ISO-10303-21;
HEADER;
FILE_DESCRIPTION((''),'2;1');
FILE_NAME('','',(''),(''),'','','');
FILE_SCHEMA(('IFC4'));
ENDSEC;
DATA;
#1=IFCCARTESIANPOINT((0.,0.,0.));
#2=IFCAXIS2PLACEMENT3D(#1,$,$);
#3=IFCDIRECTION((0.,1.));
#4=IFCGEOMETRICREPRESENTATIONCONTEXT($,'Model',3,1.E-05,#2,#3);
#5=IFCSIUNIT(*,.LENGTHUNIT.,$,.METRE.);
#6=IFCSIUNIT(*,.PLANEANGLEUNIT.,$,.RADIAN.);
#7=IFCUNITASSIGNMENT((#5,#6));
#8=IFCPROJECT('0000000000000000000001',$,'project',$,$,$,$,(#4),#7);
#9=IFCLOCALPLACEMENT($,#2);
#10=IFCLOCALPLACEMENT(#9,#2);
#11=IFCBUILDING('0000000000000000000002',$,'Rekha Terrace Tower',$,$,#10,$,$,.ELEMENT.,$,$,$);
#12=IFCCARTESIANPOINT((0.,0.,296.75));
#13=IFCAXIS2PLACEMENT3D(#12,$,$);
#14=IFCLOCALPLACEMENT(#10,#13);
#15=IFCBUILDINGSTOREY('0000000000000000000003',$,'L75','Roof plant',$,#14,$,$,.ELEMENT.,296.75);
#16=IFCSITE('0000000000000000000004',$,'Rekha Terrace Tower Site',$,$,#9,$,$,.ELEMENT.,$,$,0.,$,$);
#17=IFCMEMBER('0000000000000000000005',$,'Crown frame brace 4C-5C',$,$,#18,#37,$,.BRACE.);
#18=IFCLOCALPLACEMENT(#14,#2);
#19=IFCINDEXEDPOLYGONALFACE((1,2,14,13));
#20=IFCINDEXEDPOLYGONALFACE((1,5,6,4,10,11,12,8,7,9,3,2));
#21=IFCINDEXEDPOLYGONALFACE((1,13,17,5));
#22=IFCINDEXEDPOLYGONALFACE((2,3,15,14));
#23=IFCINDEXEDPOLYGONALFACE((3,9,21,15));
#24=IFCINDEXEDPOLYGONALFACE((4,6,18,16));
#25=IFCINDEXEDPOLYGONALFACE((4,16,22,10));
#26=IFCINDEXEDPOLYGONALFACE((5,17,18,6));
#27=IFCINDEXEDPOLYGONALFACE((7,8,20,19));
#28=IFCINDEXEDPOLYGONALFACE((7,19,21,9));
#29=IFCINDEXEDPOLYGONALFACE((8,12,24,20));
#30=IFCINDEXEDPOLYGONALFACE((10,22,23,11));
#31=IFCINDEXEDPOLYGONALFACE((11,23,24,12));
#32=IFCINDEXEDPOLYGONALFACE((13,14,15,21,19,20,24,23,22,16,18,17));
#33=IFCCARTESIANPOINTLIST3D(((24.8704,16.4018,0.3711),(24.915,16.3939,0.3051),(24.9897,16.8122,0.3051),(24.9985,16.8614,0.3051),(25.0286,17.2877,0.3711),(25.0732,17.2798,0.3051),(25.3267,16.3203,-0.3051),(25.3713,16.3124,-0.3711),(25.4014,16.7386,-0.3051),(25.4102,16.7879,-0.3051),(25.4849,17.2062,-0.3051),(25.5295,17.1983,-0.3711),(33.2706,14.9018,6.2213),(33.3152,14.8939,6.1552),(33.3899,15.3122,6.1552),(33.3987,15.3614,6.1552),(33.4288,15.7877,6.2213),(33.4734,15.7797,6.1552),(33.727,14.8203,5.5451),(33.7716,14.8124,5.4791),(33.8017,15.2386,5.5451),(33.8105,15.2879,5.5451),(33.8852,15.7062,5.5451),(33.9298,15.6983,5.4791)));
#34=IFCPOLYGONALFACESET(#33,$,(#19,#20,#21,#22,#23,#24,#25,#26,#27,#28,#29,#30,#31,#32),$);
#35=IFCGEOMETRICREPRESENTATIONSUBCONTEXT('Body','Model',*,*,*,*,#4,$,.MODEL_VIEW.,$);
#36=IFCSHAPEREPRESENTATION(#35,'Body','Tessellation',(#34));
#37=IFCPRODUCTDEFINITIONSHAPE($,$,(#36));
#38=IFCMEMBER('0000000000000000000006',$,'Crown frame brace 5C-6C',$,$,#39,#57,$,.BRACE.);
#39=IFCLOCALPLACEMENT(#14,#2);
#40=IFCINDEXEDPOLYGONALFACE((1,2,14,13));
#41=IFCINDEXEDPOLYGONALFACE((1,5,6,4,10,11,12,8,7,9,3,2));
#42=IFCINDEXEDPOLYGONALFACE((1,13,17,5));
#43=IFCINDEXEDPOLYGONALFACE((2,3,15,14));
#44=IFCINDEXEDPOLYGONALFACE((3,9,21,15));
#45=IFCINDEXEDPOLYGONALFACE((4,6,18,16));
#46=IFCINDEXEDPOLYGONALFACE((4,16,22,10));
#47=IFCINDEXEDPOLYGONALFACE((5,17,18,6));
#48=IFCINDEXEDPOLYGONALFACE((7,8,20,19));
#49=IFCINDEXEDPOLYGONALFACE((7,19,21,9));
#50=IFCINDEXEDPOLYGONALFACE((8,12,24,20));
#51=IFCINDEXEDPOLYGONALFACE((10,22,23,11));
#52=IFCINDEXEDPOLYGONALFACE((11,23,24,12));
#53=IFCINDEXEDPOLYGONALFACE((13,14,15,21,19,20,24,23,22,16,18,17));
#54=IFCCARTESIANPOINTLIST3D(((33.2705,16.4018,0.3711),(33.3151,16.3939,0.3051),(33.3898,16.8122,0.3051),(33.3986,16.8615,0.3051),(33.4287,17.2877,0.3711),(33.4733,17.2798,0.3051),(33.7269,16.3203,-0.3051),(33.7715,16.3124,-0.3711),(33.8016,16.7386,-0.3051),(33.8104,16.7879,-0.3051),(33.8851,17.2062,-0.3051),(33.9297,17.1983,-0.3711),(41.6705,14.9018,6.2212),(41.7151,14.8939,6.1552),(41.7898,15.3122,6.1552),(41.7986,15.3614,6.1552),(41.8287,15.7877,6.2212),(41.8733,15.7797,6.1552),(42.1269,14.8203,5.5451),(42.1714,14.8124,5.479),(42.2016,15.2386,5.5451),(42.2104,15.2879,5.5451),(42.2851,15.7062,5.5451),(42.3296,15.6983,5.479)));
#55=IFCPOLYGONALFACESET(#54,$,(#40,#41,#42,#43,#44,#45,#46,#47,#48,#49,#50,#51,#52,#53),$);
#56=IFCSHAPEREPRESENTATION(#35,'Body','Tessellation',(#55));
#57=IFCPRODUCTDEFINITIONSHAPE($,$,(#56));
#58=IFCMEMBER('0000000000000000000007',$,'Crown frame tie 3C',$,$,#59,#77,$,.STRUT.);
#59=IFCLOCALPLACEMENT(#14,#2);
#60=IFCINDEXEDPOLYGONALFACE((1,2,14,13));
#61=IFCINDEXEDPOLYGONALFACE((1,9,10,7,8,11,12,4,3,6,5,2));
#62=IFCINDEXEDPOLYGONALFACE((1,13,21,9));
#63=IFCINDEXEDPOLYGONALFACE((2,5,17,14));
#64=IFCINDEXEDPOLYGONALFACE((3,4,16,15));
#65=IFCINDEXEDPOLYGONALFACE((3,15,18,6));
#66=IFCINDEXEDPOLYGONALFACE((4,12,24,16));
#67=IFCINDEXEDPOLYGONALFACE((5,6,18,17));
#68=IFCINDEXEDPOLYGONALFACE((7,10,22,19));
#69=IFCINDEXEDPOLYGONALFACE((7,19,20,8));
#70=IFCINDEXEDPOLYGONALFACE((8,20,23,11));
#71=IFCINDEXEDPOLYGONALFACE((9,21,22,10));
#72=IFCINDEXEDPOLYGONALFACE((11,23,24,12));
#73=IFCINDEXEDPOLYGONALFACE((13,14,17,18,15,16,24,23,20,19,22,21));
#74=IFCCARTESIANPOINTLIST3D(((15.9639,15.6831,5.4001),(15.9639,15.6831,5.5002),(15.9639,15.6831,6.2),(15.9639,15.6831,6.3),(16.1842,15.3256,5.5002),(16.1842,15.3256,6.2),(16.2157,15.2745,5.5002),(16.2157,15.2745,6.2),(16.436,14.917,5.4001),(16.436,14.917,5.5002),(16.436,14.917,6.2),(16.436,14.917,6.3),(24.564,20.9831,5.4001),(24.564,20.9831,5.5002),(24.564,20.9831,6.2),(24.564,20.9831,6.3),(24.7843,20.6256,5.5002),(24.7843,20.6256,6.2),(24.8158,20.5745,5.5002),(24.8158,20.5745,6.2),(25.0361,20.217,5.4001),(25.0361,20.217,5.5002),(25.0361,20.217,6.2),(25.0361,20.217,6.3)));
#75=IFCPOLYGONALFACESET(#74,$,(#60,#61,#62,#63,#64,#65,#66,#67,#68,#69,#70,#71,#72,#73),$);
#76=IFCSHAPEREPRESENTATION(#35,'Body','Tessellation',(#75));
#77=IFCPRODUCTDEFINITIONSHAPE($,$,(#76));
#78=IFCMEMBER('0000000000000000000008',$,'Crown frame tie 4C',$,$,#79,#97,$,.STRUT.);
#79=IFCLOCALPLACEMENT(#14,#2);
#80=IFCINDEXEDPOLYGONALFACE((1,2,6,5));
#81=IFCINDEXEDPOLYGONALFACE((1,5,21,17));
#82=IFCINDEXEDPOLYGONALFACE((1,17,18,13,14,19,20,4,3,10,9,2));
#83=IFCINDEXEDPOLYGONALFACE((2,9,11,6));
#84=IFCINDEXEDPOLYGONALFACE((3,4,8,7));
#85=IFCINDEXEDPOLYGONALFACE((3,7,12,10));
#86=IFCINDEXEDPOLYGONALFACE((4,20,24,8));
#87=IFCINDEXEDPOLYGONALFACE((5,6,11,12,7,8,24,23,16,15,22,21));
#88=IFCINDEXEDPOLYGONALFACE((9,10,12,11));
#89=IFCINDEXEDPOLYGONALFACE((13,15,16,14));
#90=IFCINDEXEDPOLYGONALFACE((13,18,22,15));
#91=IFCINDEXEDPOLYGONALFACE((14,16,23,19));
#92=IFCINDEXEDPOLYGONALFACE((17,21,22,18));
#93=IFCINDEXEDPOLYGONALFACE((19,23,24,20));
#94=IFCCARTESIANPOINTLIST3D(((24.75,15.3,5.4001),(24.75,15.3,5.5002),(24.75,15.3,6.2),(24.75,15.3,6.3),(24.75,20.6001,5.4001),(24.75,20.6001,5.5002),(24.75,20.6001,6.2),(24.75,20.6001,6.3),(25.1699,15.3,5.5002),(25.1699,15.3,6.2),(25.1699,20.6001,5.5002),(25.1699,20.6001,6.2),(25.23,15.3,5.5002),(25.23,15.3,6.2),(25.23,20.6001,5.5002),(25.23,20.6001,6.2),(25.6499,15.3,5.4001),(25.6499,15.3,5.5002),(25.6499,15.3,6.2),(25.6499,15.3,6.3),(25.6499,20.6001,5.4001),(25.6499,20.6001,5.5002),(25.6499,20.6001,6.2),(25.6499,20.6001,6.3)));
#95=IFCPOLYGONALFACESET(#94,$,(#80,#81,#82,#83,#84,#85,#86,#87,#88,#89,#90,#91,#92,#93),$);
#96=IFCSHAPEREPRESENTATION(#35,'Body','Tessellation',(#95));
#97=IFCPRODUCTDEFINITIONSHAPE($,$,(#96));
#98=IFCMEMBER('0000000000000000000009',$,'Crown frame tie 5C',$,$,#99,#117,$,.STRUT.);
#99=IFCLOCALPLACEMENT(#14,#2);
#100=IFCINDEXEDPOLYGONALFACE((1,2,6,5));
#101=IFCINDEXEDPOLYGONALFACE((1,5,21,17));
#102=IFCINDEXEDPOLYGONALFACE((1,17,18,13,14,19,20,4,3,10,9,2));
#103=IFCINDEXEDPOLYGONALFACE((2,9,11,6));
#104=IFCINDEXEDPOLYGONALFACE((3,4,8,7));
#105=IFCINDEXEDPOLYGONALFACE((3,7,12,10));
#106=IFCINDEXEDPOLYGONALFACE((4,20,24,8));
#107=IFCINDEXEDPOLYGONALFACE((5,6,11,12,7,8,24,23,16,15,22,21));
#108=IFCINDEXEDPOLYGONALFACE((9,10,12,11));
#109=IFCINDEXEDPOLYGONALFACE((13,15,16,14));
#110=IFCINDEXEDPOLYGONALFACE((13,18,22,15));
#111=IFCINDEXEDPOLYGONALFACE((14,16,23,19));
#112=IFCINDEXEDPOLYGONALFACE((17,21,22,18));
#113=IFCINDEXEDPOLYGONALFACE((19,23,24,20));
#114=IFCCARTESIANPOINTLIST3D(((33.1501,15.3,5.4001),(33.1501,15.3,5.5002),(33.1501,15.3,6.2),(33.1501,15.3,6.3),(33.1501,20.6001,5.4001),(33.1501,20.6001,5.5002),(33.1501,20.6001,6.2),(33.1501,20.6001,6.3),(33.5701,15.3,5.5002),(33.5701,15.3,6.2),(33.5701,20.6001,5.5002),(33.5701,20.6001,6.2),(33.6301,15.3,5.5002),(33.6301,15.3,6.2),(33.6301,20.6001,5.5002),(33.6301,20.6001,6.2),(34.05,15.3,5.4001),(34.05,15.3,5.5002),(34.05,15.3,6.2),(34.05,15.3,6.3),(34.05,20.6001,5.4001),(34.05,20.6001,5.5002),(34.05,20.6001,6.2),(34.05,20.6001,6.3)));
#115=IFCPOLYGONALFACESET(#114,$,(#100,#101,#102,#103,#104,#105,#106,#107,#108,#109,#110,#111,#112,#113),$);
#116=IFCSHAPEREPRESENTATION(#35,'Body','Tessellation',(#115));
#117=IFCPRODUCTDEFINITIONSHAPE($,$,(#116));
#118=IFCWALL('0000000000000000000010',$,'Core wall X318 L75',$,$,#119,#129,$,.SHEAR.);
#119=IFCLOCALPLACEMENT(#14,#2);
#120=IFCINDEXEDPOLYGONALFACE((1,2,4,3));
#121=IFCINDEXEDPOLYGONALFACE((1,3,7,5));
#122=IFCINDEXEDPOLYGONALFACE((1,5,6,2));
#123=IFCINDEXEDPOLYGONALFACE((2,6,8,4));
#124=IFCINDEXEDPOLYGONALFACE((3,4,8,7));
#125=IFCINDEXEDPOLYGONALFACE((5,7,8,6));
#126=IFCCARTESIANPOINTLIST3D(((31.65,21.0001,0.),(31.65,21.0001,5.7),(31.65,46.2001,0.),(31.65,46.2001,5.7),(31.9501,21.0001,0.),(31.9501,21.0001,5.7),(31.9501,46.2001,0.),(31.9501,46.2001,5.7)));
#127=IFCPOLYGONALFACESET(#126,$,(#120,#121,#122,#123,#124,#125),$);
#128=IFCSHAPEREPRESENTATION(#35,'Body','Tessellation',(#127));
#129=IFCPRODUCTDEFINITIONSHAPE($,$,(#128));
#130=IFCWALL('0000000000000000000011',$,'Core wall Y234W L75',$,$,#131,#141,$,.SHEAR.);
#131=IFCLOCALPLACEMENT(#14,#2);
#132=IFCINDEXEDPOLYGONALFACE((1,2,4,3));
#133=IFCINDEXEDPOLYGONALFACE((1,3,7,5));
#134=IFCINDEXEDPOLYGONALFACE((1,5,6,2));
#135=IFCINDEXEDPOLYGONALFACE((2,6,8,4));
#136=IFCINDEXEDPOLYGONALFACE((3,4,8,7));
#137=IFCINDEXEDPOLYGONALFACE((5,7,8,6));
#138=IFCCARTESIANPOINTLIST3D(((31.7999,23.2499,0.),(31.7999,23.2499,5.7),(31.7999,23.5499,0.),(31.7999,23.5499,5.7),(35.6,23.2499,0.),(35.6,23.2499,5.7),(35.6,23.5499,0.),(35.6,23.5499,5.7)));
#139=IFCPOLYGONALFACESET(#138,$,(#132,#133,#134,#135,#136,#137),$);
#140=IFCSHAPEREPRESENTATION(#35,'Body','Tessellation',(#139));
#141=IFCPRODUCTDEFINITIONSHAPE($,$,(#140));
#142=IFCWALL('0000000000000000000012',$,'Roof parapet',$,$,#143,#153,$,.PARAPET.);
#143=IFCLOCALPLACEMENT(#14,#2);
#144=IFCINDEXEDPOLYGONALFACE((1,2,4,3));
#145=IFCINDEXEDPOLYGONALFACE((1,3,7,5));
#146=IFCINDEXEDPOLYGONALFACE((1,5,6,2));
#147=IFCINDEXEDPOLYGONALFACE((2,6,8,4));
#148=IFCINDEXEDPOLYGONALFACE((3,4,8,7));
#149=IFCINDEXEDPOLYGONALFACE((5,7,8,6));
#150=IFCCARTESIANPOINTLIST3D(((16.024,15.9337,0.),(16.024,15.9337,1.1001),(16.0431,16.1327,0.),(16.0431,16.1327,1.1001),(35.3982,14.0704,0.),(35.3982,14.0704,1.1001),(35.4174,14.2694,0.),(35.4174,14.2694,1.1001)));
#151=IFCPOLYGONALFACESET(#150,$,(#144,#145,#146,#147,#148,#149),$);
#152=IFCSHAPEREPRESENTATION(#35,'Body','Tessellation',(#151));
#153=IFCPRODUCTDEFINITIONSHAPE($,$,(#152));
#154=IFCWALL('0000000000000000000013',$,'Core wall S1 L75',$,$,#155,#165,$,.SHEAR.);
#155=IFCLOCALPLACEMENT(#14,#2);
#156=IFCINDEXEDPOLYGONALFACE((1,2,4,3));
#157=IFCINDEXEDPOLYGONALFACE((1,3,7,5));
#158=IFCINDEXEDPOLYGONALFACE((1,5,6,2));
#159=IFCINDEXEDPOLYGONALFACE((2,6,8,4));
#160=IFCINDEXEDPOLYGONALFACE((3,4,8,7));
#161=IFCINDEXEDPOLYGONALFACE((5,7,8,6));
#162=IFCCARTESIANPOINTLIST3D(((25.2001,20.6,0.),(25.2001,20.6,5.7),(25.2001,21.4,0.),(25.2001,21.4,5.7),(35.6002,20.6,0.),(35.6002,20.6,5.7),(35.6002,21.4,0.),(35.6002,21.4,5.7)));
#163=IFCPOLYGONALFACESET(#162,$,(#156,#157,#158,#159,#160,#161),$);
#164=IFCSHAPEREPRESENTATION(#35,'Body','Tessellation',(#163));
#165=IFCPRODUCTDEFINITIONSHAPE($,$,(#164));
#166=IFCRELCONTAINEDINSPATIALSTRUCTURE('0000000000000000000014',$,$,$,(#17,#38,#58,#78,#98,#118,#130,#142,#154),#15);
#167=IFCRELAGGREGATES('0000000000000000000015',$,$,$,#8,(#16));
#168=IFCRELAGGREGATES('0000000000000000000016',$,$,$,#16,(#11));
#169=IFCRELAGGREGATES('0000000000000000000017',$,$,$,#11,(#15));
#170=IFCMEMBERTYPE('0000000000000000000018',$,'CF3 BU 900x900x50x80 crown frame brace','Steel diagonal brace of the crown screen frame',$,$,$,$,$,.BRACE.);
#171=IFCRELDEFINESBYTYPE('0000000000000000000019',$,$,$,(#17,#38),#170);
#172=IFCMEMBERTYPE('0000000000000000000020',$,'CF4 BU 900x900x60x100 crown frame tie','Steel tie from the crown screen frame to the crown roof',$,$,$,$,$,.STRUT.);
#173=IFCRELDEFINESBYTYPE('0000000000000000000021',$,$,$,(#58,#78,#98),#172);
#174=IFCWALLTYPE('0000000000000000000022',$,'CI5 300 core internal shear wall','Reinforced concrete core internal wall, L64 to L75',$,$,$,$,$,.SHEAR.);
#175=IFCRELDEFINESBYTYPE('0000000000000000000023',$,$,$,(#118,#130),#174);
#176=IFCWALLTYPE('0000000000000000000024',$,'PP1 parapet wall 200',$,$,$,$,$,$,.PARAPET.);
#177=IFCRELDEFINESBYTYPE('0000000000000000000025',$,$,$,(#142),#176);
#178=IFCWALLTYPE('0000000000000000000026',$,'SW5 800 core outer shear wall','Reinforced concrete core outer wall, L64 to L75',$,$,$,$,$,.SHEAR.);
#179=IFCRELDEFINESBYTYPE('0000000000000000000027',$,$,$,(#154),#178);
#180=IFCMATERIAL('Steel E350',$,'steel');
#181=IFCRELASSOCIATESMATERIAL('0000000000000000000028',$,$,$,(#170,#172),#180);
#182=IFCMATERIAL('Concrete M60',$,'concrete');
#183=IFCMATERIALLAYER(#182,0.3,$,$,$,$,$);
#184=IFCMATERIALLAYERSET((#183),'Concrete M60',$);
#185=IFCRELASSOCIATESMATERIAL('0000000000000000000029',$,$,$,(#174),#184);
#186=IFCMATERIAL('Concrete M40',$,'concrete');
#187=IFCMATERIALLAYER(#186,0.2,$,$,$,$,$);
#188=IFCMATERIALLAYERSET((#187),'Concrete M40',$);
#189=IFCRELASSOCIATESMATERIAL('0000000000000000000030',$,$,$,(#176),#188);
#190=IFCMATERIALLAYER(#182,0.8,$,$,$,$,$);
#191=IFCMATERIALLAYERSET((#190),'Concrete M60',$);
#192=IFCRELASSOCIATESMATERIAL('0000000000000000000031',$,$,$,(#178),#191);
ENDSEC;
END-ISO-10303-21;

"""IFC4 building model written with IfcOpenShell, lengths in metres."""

from ifc_helpers import new_model, si_unit, direction, frame, frame_2d, origin, origin_2d, place, context, subcontext, project, spatial, rectangle, i_section, extrude, material, layer, layer_set, material_profile, profile_set, type_object, element, save


model = new_model("IFC4")

# Units and contexts
model_context = context("Model", 3, precision=1e-05, world=origin(), true_north=direction((0.0, 1.0)))
body_context = subcontext(model_context, "Body", "Model", "MODEL_VIEW")
ifc_project = project(units=[si_unit("LENGTHUNIT", "METRE"), si_unit("PLANEANGLEUNIT", "RADIAN")], contexts=[model_context])

# Site, building, storey
site_placement = place(None, origin())
site = spatial("IfcSite", under=ifc_project, at=site_placement, Name="Rekha Terrace Tower Site", CompositionType="ELEMENT", RefElevation=0.0)
building_placement = place(site_placement, origin())
building = spatial("IfcBuilding", under=site, at=building_placement, Name="Rekha Terrace Tower", CompositionType="ELEMENT")
storey_placement = place(building_placement, frame((0.0, 0.0, 296.75)))
storey = spatial("IfcBuildingStorey", under=building, at=storey_placement, Name="L75", Description="Roof plant", CompositionType="ELEMENT", Elevation=296.75)

# Members
ifc_material_1 = material(Name="Steel E350", Category="steel")
ifc_material_profile_1 = material_profile(ifc_material_1, i_section(OverallWidth=0.8999, OverallDepth=0.8999, WebThickness=0.05, FlangeThickness=0.0801, at=origin_2d()), Name="BU 900x900x50x80")
ifc_profile_set_1 = profile_set([ifc_material_profile_1], Name="Steel E350")
member_type_1 = type_object("IfcMemberType", Name="CF3 BU 900x900x50x80 crown frame brace", Description="Steel diagonal brace of the crown screen frame", PredefinedType="BRACE", material=ifc_profile_set_1)
member_1_placement = place(storey_placement, frame((25.2, 16.8, 0.0), z_axis=(0.811936, -0.144986, 0.565455), x_axis=(0.175788, 0.984428, 0.0)))
element("IfcMember", 1, at=member_1_placement, inside=storey, type_object=member_type_1, Name="Crown frame brace 4C-5C", PredefinedType="BRACE", context=body_context, shape_type="SweptSolid", body=[
    extrude(i_section(OverallWidth=0.8999, OverallDepth=0.8999, WebThickness=0.05, FlangeThickness=0.0801, at=origin_2d()), origin(), (0.0, 0.0, 1.0), 10.3459),
])
member_2_placement = place(storey_placement, frame((33.6001, 16.8, 0.0), z_axis=(0.811928, -0.144989, 0.565466), x_axis=(0.175793, 0.984427, 0.0)))
element("IfcMember", 2, at=member_2_placement, inside=storey, type_object=member_type_1, Name="Crown frame brace 5C-6C", PredefinedType="BRACE", context=body_context, shape_type="SweptSolid", body=[
    extrude(i_section(OverallWidth=0.8999, OverallDepth=0.8999, WebThickness=0.05, FlangeThickness=0.0801, at=origin_2d()), origin(), (0.0, 0.0, 1.0), 10.3457),
])
ifc_material_profile_2 = material_profile(ifc_material_1, i_section(OverallWidth=0.8999, OverallDepth=0.8999, WebThickness=0.0601, FlangeThickness=0.1001, at=origin_2d()), Name="BU 900x900x60x100")
ifc_profile_set_2 = profile_set([ifc_material_profile_2], Name="Steel E350")
member_type_2 = type_object("IfcMemberType", Name="CF4 BU 900x900x60x100 crown frame tie", Description="Steel tie from the crown screen frame to the crown roof", PredefinedType="STRUT", material=ifc_profile_set_2)
member_3_placement = place(storey_placement, frame((16.2, 15.3, 5.8501), z_axis=(0.851319, 0.524649, 0.0), x_axis=(-0.524649, 0.851319, 0.0)))
element("IfcMember", 3, at=member_3_placement, inside=storey, type_object=member_type_2, Name="Crown frame tie 3C", PredefinedType="STRUT", context=body_context, shape_type="SweptSolid", body=[
    extrude(i_section(OverallWidth=0.8999, OverallDepth=0.8999, WebThickness=0.0601, FlangeThickness=0.1001, at=origin_2d()), origin(), (0.0, 0.0, 1.0), 10.1021),
])
for number, where, z_axis, x_axis, name in (
    (4, (25.2, 15.3, 5.8501), (0.0, 1.0, 0.0), (-1.0, 0.0, 0.0), "Crown frame tie 4C"),
    (5, (33.6001, 15.3, 5.8501), (0.0, 1.0, 0.0), (-1.0, 0.0, 0.0), "Crown frame tie 5C"),
):
    element("IfcMember", number, at=place(storey_placement, frame(where, z_axis=z_axis, x_axis=x_axis)), inside=storey, type_object=member_type_2, Name=name, PredefinedType="STRUT", context=body_context, shape_type="SweptSolid", body=[
        extrude(i_section(OverallWidth=0.8999, OverallDepth=0.8999, WebThickness=0.0601, FlangeThickness=0.1001, at=origin_2d()), origin(), (0.0, 0.0, 1.0), 5.3),
    ])

# Walls
ifc_material_2 = material(Name="Concrete M60", Category="concrete")
ifc_layer_1 = layer(ifc_material_2, 0.3)
ifc_layer_set_1 = layer_set([ifc_layer_1], Name="Concrete M60")
wall_type_1 = type_object("IfcWallType", Name="CI5 300 core internal shear wall", Description="Reinforced concrete core internal wall, L64 to L75", PredefinedType="SHEAR", material=ifc_layer_set_1)
wall_1_placement = place(storey_placement, frame((31.8, 21.0, 0.0), z_axis=(0.0, 0.0, 1.0), x_axis=(0.0, 1.0, 0.0)))
element("IfcWall", 6, at=wall_1_placement, inside=storey, type_object=wall_type_1, Name="Core wall X318 L75", PredefinedType="SHEAR", context=body_context, shape_type="SweptSolid", body=[
    extrude(rectangle(XDim=25.2, YDim=0.3, at=frame_2d((12.6001, 0.0))), origin(), (0.0, 0.0, 1.0), 5.7),
])
wall_2_placement = place(storey_placement, frame((31.8, 23.3999, 0.0), z_axis=(0.0, 0.0, 1.0), x_axis=(1.0, 0.0, 0.0)))
element("IfcWall", 7, at=wall_2_placement, inside=storey, type_object=wall_type_1, Name="Core wall Y234W L75", PredefinedType="SHEAR", context=body_context, shape_type="SweptSolid", body=[
    extrude(rectangle(XDim=3.8, YDim=0.3, at=frame_2d((1.8999, 0.0))), origin(), (0.0, 0.0, 1.0), 5.7),
])
ifc_material_3 = material(Name="Concrete M40", Category="concrete")
ifc_layer_2 = layer(ifc_material_3, 0.2)
ifc_layer_set_2 = layer_set([ifc_layer_2], Name="Concrete M40")
wall_type_2 = type_object("IfcWallType", Name="PP1 parapet wall 200", PredefinedType="PARAPET", material=ifc_layer_set_2)
wall_3_placement = place(storey_placement, frame((16.0334, 16.0332, 0.0), z_axis=(0.0, 0.0, 1.0), x_axis=(0.995407, -0.095731, 0.0)))
element("IfcWall", 8, at=wall_3_placement, inside=storey, type_object=wall_type_2, Name="Roof parapet", PredefinedType="PARAPET", context=body_context, shape_type="SweptSolid", body=[
    extrude(rectangle(XDim=19.4636, YDim=0.2, at=frame_2d((9.7319, 0.0))), origin(), (0.0, 0.0, 1.0), 1.1001),
])
ifc_layer_3 = layer(ifc_material_2, 0.8)
ifc_layer_set_3 = layer_set([ifc_layer_3], Name="Concrete M60")
wall_type_3 = type_object("IfcWallType", Name="SW5 800 core outer shear wall", Description="Reinforced concrete core outer wall, L64 to L75", PredefinedType="SHEAR", material=ifc_layer_set_3)
wall_4_placement = place(storey_placement, frame((25.2, 21.0, 0.0), z_axis=(0.0, 0.0, 1.0), x_axis=(1.0, 0.0, 0.0)))
element("IfcWall", 9, at=wall_4_placement, inside=storey, type_object=wall_type_3, Name="Core wall S1 L75", PredefinedType="SHEAR", context=body_context, shape_type="SweptSolid", body=[
    extrude(rectangle(XDim=10.4001, YDim=0.8, at=frame_2d((5.2002, 0.0))), origin(), (0.0, 0.0, 1.0), 5.7),
])

save(model, "model.ifc")
